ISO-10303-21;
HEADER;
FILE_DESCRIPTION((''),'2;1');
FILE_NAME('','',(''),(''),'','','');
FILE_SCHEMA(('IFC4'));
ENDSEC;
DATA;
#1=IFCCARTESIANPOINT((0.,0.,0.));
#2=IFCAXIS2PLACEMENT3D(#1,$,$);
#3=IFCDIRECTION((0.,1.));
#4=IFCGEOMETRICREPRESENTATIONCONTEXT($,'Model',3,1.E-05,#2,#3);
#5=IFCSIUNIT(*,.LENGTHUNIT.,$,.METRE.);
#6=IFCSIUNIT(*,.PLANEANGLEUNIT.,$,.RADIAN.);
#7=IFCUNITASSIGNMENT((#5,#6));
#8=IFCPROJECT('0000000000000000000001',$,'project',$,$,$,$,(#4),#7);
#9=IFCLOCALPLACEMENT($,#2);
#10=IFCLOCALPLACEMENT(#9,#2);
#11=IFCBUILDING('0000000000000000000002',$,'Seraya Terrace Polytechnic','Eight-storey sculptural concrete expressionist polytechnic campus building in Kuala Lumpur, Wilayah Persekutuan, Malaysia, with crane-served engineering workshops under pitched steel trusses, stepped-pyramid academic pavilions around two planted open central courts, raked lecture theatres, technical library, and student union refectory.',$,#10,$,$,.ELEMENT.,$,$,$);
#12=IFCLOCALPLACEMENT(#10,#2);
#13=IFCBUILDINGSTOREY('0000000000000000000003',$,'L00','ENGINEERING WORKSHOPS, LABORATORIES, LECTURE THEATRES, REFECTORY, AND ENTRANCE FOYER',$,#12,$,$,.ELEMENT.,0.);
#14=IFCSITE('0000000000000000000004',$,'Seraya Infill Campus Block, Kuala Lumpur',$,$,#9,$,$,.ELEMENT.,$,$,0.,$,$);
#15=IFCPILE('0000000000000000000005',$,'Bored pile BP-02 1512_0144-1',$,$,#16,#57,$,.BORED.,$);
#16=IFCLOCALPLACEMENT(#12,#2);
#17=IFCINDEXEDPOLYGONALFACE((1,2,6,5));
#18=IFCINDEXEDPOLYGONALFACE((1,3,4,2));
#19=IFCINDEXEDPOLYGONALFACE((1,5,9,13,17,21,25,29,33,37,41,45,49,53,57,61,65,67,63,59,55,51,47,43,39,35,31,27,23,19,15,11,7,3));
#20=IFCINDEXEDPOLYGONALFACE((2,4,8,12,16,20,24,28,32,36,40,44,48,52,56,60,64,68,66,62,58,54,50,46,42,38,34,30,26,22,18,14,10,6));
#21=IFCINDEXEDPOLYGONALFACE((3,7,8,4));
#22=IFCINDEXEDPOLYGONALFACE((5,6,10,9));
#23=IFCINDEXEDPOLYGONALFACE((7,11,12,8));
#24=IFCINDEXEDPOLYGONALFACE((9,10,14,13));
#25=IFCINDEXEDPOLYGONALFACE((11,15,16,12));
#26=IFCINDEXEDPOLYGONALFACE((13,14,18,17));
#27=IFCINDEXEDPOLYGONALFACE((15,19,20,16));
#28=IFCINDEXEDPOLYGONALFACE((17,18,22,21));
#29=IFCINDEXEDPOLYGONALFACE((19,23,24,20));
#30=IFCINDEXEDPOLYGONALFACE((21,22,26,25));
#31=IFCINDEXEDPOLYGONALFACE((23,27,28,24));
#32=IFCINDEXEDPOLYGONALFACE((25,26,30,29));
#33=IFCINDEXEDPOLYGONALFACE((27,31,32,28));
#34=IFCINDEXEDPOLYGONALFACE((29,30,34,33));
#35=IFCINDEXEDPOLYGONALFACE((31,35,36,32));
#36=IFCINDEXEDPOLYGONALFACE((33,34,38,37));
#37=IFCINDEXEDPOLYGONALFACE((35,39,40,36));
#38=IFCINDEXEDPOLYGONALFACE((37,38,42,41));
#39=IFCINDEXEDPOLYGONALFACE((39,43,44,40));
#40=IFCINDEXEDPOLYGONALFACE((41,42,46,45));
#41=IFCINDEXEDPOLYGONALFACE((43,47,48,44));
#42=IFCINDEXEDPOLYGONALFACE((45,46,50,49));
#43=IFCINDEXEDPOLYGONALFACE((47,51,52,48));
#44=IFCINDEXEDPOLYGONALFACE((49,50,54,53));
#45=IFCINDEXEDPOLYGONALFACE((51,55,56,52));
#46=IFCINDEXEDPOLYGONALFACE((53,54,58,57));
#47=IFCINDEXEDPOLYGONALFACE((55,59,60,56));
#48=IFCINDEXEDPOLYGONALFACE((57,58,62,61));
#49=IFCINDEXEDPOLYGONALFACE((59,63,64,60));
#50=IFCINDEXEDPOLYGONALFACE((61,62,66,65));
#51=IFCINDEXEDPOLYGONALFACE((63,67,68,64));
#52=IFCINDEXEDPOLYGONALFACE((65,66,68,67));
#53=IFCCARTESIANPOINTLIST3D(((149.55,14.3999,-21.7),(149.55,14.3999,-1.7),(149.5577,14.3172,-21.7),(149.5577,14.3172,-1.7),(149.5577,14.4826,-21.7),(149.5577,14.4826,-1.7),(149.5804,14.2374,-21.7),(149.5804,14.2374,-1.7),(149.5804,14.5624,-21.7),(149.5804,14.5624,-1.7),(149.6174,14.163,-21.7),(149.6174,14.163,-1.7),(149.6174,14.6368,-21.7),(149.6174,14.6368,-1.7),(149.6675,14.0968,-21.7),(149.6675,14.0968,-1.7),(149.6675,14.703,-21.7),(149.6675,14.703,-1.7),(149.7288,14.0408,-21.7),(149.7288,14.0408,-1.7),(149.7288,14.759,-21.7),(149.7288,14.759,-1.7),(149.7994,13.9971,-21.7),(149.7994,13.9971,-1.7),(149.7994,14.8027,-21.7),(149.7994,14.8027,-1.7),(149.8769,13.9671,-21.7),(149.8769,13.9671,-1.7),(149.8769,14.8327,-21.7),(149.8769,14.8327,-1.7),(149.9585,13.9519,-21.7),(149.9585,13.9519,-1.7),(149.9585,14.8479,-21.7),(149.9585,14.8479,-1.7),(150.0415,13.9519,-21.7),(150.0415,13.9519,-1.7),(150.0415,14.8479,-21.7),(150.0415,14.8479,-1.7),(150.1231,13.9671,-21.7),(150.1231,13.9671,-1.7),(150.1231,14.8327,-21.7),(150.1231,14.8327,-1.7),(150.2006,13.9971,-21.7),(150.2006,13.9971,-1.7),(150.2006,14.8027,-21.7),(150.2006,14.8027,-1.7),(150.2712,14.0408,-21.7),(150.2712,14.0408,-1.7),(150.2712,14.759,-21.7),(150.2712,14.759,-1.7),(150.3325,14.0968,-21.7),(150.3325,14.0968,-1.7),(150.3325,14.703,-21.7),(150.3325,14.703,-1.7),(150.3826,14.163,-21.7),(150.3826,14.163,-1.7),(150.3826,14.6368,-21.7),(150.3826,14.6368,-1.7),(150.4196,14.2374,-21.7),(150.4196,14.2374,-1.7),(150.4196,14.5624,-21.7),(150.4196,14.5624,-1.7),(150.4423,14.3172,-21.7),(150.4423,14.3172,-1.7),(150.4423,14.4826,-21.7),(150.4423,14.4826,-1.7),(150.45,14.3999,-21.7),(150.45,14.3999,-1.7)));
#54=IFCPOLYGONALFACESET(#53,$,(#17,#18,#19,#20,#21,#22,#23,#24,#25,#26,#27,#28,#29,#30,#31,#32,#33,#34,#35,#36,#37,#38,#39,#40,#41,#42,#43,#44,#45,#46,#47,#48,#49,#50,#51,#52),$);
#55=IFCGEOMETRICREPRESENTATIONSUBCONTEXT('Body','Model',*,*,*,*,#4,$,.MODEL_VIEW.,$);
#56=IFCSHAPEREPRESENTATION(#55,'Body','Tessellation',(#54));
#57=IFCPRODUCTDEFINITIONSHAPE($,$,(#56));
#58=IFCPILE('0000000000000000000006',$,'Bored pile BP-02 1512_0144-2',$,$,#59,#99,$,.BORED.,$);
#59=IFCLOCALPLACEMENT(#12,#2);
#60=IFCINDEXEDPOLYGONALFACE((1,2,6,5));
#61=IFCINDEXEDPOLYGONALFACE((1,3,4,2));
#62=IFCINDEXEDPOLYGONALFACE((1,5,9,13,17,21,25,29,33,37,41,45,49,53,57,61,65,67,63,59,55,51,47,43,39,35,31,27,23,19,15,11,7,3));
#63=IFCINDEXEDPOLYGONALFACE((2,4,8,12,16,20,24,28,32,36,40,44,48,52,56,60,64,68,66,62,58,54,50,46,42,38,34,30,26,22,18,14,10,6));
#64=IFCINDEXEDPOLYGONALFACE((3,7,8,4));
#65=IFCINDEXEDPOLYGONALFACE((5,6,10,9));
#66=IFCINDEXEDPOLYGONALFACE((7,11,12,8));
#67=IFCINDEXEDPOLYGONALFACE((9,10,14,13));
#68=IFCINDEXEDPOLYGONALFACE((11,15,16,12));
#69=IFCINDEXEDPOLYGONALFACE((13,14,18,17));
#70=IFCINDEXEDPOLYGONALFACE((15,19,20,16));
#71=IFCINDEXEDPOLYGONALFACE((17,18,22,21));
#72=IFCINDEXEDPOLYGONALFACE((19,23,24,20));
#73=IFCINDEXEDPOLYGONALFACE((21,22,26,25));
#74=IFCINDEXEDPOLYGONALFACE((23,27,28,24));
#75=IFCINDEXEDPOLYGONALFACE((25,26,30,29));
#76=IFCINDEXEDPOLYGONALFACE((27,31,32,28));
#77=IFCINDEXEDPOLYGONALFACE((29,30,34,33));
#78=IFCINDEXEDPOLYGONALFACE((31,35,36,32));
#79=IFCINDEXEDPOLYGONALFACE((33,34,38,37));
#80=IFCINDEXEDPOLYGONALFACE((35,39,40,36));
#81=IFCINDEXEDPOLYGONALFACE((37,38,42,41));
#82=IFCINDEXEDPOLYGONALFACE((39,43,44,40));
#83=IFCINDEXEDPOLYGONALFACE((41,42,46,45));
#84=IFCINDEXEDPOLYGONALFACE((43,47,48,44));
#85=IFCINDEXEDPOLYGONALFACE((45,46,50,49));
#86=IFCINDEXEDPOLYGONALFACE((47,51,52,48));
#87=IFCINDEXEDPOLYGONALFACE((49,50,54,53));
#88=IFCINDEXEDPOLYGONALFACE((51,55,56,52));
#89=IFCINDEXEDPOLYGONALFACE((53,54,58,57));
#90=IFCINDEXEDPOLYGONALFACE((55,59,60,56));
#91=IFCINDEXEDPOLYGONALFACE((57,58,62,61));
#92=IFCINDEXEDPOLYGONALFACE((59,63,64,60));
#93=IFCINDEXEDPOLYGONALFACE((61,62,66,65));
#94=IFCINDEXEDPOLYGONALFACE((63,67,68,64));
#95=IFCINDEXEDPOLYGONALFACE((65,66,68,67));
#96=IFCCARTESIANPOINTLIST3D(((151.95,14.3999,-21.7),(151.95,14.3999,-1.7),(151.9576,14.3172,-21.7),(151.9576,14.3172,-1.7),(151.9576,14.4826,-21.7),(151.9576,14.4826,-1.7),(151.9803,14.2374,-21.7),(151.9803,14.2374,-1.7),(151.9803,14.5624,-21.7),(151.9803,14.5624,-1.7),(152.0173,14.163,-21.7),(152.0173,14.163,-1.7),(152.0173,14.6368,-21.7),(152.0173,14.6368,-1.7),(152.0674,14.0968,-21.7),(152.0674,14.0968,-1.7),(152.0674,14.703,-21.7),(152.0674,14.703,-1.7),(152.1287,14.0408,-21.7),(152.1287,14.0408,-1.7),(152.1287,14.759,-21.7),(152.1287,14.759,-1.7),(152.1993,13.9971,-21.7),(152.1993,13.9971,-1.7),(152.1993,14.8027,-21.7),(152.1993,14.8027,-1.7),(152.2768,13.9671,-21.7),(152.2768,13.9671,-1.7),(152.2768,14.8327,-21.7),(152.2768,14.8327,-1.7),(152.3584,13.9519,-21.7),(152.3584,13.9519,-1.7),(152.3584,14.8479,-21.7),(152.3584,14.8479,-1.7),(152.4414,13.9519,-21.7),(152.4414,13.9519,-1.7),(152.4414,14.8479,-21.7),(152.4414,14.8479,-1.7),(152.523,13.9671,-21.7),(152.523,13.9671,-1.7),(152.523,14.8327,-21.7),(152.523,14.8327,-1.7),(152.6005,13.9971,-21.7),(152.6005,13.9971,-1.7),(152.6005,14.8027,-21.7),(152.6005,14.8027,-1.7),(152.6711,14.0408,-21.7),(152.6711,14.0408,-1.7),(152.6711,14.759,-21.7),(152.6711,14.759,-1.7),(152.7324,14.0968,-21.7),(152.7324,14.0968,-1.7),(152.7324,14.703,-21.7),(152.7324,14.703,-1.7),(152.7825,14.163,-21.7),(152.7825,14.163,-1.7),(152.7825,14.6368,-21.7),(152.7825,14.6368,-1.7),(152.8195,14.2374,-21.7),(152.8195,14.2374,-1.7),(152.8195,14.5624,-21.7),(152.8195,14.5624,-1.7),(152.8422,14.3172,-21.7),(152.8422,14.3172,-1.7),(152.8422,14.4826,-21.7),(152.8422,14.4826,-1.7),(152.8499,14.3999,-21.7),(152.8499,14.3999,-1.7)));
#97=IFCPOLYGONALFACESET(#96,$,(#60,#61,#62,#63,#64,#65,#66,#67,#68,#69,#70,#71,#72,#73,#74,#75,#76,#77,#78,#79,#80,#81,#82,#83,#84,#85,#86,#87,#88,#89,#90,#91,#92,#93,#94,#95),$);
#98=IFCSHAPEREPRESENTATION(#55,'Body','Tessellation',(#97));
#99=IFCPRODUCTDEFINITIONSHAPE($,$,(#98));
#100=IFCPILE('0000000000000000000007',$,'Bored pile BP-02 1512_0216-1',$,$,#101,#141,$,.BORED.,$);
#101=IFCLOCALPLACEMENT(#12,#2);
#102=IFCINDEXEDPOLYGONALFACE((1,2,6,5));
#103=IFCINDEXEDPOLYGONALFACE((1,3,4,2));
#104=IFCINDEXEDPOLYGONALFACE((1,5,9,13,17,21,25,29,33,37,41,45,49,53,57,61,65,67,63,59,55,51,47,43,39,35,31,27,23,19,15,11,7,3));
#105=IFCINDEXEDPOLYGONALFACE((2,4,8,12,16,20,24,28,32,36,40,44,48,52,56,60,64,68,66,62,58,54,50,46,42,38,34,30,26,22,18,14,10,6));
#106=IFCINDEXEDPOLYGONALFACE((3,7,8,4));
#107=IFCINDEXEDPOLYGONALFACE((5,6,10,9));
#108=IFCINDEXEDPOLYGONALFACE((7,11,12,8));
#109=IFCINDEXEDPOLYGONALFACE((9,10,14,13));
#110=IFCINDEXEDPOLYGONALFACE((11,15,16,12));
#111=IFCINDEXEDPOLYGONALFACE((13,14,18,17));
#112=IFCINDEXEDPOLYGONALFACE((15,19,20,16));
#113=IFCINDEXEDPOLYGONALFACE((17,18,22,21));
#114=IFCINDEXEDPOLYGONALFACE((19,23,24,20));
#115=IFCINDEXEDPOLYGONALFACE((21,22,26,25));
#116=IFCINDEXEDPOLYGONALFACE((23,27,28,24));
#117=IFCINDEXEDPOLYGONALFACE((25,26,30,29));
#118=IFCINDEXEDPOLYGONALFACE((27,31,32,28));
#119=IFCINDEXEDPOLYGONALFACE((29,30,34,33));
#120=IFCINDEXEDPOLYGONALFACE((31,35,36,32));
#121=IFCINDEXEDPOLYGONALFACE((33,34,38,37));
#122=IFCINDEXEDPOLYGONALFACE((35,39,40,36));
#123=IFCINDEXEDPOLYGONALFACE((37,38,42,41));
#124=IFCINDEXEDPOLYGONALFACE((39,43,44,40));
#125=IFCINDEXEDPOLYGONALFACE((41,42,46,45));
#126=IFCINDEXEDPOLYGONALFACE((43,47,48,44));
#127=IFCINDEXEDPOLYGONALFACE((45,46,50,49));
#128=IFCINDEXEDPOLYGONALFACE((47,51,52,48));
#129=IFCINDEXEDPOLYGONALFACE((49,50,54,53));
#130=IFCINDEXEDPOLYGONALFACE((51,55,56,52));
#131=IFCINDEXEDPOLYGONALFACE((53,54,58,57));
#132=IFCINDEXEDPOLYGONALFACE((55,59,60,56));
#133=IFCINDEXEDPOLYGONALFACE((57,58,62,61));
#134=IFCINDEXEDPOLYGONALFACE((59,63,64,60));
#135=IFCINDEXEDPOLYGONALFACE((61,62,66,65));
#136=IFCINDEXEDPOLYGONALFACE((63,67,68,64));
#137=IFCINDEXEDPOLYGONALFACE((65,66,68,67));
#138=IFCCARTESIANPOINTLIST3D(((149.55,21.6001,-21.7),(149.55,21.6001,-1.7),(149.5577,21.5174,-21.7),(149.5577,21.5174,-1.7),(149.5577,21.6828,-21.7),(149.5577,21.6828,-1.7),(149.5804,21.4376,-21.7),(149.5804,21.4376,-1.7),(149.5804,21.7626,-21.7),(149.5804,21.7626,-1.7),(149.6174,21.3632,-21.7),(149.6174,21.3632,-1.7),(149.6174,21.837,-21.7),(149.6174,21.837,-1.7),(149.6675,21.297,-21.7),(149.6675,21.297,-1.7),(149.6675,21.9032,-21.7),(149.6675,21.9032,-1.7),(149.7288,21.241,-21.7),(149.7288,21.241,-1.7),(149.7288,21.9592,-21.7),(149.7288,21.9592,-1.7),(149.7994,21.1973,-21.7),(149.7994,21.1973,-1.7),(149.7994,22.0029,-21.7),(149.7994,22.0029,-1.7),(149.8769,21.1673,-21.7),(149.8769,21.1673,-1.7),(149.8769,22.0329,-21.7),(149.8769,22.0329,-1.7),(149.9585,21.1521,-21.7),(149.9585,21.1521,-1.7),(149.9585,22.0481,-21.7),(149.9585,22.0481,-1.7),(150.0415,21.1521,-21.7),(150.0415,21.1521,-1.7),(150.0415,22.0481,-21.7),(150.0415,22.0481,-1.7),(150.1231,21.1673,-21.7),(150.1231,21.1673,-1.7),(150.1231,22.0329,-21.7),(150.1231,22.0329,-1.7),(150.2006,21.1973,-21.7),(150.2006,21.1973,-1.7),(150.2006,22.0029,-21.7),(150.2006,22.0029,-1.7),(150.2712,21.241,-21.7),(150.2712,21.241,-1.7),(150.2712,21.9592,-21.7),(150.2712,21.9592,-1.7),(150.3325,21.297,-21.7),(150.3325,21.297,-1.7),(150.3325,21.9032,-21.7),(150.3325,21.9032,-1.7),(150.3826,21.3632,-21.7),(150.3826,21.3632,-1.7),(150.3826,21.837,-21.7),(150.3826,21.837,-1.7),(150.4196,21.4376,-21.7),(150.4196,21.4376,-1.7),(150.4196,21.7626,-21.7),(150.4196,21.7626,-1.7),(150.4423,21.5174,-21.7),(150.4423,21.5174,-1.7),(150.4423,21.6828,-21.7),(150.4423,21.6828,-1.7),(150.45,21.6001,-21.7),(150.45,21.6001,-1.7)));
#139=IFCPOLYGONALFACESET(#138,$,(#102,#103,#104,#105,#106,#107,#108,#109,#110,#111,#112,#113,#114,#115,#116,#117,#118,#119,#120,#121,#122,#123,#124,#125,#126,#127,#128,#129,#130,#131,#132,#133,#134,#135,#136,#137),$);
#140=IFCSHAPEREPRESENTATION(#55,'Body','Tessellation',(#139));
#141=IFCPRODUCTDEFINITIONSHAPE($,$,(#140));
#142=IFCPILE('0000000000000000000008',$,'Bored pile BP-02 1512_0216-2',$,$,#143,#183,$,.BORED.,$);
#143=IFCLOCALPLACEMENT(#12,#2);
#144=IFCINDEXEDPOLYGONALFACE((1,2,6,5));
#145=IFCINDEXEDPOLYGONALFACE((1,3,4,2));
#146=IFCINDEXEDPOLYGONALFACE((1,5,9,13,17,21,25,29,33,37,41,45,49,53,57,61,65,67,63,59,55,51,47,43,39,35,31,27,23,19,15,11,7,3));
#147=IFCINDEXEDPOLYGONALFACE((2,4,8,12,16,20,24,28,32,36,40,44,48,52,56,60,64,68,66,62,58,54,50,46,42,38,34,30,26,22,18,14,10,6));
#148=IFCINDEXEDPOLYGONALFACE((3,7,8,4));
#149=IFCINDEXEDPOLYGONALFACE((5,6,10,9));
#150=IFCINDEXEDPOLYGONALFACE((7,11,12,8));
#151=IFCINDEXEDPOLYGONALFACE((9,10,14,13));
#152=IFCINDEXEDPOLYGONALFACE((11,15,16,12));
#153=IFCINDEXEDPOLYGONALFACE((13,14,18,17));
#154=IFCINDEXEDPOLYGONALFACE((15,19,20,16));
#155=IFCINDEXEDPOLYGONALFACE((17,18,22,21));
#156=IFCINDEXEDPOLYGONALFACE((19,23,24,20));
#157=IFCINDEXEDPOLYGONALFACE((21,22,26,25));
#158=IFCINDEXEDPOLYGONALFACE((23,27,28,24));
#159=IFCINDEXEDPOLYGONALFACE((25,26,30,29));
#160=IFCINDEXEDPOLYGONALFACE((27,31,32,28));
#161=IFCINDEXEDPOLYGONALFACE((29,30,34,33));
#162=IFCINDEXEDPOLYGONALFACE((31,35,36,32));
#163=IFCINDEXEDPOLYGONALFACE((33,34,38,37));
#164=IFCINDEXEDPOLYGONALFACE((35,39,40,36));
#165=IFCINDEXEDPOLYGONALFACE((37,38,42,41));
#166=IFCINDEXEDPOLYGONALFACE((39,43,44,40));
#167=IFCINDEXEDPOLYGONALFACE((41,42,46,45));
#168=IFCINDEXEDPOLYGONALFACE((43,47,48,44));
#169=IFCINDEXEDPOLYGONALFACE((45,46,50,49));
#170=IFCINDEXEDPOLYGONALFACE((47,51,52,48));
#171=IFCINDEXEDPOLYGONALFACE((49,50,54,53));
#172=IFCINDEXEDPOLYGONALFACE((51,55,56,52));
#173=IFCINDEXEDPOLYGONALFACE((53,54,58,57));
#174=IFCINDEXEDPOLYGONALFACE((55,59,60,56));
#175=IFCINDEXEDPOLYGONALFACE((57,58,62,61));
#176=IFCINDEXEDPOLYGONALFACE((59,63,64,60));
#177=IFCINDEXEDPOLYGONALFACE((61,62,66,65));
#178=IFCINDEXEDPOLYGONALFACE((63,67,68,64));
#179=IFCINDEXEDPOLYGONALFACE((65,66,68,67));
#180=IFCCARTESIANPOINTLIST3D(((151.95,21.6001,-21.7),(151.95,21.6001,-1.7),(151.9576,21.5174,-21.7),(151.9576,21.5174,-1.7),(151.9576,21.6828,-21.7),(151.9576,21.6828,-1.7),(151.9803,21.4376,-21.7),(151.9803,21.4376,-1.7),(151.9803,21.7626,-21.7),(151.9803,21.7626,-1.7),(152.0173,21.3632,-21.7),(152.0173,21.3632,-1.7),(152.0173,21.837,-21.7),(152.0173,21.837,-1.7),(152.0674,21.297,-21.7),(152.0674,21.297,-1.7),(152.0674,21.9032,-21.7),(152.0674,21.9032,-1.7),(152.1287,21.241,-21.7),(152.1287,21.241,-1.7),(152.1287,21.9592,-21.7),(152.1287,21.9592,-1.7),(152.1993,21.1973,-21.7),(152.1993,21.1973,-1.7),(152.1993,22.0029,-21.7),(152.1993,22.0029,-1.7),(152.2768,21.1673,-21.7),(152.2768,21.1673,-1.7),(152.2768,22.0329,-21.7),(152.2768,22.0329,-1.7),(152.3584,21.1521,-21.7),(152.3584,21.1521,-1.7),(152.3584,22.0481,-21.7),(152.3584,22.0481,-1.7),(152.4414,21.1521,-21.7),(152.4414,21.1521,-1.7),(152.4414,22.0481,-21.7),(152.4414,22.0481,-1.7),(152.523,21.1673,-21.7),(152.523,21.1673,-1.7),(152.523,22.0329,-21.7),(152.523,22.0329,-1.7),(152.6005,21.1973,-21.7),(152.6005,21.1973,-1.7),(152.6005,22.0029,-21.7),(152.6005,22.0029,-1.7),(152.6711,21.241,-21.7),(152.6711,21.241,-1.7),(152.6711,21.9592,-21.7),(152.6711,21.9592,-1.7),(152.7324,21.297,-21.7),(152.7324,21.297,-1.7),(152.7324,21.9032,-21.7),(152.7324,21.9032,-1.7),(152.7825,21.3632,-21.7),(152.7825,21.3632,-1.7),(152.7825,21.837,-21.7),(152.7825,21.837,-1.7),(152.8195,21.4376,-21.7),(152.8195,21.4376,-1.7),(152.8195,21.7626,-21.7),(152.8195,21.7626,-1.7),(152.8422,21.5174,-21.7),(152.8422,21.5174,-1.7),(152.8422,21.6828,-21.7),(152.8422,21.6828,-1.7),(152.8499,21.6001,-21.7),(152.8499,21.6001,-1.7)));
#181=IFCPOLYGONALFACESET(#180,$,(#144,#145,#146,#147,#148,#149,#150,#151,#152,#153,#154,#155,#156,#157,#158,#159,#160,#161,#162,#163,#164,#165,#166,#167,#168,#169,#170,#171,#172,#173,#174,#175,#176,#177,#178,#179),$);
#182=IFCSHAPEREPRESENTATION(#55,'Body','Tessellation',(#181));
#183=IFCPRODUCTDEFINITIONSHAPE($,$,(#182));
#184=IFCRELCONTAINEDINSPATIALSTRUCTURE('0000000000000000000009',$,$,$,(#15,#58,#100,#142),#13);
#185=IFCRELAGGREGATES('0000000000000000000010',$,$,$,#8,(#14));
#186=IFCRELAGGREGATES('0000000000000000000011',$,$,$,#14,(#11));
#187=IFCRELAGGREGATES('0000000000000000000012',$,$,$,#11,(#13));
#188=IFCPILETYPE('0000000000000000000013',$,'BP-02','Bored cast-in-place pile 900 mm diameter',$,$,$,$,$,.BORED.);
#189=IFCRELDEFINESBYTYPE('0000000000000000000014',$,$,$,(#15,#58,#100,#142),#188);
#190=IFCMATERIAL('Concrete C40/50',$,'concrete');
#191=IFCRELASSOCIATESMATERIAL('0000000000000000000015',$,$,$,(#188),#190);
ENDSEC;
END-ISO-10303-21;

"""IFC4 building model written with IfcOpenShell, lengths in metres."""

from ifc_helpers import new_model, si_unit, direction, frame, origin, origin_2d, place, context, subcontext, project, spatial, circle, extrude, material, material_profile, profile_set, type_object, element, save


model = new_model("IFC4")

# Units and contexts
model_context = context("Model", 3, precision=1e-05, world=origin(), true_north=direction((0.0, 1.0)))
body_context = subcontext(model_context, "Body", "Model", "MODEL_VIEW")
ifc_project = project(units=[si_unit("LENGTHUNIT", "METRE"), si_unit("PLANEANGLEUNIT", "RADIAN")], contexts=[model_context])

# Site, building, storey
site_placement = place(None, origin())
site = spatial("IfcSite", under=ifc_project, at=site_placement, Name="Seraya Infill Campus Block, Kuala Lumpur", CompositionType="ELEMENT", RefElevation=0.0)
building_placement = place(site_placement, origin())
building = spatial("IfcBuilding", under=site, at=building_placement, Name="Seraya Terrace Polytechnic", Description="Eight-storey sculptural concrete expressionist polytechnic campus building in Kuala Lumpur, Wilayah Persekutuan, Malaysia, with crane-served engineering workshops under pitched steel trusses, stepped-pyramid academic pavilions around two planted open central courts, raked lecture theatres, technical library, and student union refectory.", CompositionType="ELEMENT")
storey_placement = place(building_placement, origin())
storey = spatial("IfcBuildingStorey", under=building, at=storey_placement, Name="L00", Description="ENGINEERING WORKSHOPS, LABORATORIES, LECTURE THEATRES, REFECTORY, AND ENTRANCE FOYER", CompositionType="ELEMENT", Elevation=0.0)

# Piles
ifc_material_1 = material(Name="Concrete C40/50", Category="concrete")
ifc_material_profile_1 = material_profile(ifc_material_1, circle(Radius=0.45, at=origin_2d()), Name="DIA 900")
ifc_profile_set_1 = profile_set([ifc_material_profile_1], Name="Concrete C40/50")
pile_type = type_object("IfcPileType", Name="BP-02", Description="Bored cast-in-place pile 900 mm diameter", PredefinedType="BORED", material=ifc_profile_set_1)
for number, where, z_axis, x_axis, name in (
    (1, (150.0, 14.3999, -1.7), (0.0, 0.0, -1.0), (1.0, 0.0, 0.0), "Bored pile BP-02 1512_0144-1"),
    (2, (152.3999, 14.3999, -1.7), (0.0, 0.0, -1.0), (1.0, 0.0, 0.0), "Bored pile BP-02 1512_0144-2"),
    (3, (150.0, 21.6001, -1.7), (0.0, 0.0, -1.0), (1.0, 0.0, 0.0), "Bored pile BP-02 1512_0216-1"),
    (4, (152.3999, 21.6001, -1.7), (0.0, 0.0, -1.0), (1.0, 0.0, 0.0), "Bored pile BP-02 1512_0216-2"),
):
    element("IfcPile", number, at=place(storey_placement, frame(where, z_axis=z_axis, x_axis=x_axis)), inside=storey, type_object=pile_type, Name=name, PredefinedType="BORED", context=body_context, shape_type="SweptSolid", body=[
        extrude(circle(Radius=0.45, at=origin_2d()), origin(), (0.0, 0.0, 1.0), 20.0),
    ])

save(model, "model.ifc")
